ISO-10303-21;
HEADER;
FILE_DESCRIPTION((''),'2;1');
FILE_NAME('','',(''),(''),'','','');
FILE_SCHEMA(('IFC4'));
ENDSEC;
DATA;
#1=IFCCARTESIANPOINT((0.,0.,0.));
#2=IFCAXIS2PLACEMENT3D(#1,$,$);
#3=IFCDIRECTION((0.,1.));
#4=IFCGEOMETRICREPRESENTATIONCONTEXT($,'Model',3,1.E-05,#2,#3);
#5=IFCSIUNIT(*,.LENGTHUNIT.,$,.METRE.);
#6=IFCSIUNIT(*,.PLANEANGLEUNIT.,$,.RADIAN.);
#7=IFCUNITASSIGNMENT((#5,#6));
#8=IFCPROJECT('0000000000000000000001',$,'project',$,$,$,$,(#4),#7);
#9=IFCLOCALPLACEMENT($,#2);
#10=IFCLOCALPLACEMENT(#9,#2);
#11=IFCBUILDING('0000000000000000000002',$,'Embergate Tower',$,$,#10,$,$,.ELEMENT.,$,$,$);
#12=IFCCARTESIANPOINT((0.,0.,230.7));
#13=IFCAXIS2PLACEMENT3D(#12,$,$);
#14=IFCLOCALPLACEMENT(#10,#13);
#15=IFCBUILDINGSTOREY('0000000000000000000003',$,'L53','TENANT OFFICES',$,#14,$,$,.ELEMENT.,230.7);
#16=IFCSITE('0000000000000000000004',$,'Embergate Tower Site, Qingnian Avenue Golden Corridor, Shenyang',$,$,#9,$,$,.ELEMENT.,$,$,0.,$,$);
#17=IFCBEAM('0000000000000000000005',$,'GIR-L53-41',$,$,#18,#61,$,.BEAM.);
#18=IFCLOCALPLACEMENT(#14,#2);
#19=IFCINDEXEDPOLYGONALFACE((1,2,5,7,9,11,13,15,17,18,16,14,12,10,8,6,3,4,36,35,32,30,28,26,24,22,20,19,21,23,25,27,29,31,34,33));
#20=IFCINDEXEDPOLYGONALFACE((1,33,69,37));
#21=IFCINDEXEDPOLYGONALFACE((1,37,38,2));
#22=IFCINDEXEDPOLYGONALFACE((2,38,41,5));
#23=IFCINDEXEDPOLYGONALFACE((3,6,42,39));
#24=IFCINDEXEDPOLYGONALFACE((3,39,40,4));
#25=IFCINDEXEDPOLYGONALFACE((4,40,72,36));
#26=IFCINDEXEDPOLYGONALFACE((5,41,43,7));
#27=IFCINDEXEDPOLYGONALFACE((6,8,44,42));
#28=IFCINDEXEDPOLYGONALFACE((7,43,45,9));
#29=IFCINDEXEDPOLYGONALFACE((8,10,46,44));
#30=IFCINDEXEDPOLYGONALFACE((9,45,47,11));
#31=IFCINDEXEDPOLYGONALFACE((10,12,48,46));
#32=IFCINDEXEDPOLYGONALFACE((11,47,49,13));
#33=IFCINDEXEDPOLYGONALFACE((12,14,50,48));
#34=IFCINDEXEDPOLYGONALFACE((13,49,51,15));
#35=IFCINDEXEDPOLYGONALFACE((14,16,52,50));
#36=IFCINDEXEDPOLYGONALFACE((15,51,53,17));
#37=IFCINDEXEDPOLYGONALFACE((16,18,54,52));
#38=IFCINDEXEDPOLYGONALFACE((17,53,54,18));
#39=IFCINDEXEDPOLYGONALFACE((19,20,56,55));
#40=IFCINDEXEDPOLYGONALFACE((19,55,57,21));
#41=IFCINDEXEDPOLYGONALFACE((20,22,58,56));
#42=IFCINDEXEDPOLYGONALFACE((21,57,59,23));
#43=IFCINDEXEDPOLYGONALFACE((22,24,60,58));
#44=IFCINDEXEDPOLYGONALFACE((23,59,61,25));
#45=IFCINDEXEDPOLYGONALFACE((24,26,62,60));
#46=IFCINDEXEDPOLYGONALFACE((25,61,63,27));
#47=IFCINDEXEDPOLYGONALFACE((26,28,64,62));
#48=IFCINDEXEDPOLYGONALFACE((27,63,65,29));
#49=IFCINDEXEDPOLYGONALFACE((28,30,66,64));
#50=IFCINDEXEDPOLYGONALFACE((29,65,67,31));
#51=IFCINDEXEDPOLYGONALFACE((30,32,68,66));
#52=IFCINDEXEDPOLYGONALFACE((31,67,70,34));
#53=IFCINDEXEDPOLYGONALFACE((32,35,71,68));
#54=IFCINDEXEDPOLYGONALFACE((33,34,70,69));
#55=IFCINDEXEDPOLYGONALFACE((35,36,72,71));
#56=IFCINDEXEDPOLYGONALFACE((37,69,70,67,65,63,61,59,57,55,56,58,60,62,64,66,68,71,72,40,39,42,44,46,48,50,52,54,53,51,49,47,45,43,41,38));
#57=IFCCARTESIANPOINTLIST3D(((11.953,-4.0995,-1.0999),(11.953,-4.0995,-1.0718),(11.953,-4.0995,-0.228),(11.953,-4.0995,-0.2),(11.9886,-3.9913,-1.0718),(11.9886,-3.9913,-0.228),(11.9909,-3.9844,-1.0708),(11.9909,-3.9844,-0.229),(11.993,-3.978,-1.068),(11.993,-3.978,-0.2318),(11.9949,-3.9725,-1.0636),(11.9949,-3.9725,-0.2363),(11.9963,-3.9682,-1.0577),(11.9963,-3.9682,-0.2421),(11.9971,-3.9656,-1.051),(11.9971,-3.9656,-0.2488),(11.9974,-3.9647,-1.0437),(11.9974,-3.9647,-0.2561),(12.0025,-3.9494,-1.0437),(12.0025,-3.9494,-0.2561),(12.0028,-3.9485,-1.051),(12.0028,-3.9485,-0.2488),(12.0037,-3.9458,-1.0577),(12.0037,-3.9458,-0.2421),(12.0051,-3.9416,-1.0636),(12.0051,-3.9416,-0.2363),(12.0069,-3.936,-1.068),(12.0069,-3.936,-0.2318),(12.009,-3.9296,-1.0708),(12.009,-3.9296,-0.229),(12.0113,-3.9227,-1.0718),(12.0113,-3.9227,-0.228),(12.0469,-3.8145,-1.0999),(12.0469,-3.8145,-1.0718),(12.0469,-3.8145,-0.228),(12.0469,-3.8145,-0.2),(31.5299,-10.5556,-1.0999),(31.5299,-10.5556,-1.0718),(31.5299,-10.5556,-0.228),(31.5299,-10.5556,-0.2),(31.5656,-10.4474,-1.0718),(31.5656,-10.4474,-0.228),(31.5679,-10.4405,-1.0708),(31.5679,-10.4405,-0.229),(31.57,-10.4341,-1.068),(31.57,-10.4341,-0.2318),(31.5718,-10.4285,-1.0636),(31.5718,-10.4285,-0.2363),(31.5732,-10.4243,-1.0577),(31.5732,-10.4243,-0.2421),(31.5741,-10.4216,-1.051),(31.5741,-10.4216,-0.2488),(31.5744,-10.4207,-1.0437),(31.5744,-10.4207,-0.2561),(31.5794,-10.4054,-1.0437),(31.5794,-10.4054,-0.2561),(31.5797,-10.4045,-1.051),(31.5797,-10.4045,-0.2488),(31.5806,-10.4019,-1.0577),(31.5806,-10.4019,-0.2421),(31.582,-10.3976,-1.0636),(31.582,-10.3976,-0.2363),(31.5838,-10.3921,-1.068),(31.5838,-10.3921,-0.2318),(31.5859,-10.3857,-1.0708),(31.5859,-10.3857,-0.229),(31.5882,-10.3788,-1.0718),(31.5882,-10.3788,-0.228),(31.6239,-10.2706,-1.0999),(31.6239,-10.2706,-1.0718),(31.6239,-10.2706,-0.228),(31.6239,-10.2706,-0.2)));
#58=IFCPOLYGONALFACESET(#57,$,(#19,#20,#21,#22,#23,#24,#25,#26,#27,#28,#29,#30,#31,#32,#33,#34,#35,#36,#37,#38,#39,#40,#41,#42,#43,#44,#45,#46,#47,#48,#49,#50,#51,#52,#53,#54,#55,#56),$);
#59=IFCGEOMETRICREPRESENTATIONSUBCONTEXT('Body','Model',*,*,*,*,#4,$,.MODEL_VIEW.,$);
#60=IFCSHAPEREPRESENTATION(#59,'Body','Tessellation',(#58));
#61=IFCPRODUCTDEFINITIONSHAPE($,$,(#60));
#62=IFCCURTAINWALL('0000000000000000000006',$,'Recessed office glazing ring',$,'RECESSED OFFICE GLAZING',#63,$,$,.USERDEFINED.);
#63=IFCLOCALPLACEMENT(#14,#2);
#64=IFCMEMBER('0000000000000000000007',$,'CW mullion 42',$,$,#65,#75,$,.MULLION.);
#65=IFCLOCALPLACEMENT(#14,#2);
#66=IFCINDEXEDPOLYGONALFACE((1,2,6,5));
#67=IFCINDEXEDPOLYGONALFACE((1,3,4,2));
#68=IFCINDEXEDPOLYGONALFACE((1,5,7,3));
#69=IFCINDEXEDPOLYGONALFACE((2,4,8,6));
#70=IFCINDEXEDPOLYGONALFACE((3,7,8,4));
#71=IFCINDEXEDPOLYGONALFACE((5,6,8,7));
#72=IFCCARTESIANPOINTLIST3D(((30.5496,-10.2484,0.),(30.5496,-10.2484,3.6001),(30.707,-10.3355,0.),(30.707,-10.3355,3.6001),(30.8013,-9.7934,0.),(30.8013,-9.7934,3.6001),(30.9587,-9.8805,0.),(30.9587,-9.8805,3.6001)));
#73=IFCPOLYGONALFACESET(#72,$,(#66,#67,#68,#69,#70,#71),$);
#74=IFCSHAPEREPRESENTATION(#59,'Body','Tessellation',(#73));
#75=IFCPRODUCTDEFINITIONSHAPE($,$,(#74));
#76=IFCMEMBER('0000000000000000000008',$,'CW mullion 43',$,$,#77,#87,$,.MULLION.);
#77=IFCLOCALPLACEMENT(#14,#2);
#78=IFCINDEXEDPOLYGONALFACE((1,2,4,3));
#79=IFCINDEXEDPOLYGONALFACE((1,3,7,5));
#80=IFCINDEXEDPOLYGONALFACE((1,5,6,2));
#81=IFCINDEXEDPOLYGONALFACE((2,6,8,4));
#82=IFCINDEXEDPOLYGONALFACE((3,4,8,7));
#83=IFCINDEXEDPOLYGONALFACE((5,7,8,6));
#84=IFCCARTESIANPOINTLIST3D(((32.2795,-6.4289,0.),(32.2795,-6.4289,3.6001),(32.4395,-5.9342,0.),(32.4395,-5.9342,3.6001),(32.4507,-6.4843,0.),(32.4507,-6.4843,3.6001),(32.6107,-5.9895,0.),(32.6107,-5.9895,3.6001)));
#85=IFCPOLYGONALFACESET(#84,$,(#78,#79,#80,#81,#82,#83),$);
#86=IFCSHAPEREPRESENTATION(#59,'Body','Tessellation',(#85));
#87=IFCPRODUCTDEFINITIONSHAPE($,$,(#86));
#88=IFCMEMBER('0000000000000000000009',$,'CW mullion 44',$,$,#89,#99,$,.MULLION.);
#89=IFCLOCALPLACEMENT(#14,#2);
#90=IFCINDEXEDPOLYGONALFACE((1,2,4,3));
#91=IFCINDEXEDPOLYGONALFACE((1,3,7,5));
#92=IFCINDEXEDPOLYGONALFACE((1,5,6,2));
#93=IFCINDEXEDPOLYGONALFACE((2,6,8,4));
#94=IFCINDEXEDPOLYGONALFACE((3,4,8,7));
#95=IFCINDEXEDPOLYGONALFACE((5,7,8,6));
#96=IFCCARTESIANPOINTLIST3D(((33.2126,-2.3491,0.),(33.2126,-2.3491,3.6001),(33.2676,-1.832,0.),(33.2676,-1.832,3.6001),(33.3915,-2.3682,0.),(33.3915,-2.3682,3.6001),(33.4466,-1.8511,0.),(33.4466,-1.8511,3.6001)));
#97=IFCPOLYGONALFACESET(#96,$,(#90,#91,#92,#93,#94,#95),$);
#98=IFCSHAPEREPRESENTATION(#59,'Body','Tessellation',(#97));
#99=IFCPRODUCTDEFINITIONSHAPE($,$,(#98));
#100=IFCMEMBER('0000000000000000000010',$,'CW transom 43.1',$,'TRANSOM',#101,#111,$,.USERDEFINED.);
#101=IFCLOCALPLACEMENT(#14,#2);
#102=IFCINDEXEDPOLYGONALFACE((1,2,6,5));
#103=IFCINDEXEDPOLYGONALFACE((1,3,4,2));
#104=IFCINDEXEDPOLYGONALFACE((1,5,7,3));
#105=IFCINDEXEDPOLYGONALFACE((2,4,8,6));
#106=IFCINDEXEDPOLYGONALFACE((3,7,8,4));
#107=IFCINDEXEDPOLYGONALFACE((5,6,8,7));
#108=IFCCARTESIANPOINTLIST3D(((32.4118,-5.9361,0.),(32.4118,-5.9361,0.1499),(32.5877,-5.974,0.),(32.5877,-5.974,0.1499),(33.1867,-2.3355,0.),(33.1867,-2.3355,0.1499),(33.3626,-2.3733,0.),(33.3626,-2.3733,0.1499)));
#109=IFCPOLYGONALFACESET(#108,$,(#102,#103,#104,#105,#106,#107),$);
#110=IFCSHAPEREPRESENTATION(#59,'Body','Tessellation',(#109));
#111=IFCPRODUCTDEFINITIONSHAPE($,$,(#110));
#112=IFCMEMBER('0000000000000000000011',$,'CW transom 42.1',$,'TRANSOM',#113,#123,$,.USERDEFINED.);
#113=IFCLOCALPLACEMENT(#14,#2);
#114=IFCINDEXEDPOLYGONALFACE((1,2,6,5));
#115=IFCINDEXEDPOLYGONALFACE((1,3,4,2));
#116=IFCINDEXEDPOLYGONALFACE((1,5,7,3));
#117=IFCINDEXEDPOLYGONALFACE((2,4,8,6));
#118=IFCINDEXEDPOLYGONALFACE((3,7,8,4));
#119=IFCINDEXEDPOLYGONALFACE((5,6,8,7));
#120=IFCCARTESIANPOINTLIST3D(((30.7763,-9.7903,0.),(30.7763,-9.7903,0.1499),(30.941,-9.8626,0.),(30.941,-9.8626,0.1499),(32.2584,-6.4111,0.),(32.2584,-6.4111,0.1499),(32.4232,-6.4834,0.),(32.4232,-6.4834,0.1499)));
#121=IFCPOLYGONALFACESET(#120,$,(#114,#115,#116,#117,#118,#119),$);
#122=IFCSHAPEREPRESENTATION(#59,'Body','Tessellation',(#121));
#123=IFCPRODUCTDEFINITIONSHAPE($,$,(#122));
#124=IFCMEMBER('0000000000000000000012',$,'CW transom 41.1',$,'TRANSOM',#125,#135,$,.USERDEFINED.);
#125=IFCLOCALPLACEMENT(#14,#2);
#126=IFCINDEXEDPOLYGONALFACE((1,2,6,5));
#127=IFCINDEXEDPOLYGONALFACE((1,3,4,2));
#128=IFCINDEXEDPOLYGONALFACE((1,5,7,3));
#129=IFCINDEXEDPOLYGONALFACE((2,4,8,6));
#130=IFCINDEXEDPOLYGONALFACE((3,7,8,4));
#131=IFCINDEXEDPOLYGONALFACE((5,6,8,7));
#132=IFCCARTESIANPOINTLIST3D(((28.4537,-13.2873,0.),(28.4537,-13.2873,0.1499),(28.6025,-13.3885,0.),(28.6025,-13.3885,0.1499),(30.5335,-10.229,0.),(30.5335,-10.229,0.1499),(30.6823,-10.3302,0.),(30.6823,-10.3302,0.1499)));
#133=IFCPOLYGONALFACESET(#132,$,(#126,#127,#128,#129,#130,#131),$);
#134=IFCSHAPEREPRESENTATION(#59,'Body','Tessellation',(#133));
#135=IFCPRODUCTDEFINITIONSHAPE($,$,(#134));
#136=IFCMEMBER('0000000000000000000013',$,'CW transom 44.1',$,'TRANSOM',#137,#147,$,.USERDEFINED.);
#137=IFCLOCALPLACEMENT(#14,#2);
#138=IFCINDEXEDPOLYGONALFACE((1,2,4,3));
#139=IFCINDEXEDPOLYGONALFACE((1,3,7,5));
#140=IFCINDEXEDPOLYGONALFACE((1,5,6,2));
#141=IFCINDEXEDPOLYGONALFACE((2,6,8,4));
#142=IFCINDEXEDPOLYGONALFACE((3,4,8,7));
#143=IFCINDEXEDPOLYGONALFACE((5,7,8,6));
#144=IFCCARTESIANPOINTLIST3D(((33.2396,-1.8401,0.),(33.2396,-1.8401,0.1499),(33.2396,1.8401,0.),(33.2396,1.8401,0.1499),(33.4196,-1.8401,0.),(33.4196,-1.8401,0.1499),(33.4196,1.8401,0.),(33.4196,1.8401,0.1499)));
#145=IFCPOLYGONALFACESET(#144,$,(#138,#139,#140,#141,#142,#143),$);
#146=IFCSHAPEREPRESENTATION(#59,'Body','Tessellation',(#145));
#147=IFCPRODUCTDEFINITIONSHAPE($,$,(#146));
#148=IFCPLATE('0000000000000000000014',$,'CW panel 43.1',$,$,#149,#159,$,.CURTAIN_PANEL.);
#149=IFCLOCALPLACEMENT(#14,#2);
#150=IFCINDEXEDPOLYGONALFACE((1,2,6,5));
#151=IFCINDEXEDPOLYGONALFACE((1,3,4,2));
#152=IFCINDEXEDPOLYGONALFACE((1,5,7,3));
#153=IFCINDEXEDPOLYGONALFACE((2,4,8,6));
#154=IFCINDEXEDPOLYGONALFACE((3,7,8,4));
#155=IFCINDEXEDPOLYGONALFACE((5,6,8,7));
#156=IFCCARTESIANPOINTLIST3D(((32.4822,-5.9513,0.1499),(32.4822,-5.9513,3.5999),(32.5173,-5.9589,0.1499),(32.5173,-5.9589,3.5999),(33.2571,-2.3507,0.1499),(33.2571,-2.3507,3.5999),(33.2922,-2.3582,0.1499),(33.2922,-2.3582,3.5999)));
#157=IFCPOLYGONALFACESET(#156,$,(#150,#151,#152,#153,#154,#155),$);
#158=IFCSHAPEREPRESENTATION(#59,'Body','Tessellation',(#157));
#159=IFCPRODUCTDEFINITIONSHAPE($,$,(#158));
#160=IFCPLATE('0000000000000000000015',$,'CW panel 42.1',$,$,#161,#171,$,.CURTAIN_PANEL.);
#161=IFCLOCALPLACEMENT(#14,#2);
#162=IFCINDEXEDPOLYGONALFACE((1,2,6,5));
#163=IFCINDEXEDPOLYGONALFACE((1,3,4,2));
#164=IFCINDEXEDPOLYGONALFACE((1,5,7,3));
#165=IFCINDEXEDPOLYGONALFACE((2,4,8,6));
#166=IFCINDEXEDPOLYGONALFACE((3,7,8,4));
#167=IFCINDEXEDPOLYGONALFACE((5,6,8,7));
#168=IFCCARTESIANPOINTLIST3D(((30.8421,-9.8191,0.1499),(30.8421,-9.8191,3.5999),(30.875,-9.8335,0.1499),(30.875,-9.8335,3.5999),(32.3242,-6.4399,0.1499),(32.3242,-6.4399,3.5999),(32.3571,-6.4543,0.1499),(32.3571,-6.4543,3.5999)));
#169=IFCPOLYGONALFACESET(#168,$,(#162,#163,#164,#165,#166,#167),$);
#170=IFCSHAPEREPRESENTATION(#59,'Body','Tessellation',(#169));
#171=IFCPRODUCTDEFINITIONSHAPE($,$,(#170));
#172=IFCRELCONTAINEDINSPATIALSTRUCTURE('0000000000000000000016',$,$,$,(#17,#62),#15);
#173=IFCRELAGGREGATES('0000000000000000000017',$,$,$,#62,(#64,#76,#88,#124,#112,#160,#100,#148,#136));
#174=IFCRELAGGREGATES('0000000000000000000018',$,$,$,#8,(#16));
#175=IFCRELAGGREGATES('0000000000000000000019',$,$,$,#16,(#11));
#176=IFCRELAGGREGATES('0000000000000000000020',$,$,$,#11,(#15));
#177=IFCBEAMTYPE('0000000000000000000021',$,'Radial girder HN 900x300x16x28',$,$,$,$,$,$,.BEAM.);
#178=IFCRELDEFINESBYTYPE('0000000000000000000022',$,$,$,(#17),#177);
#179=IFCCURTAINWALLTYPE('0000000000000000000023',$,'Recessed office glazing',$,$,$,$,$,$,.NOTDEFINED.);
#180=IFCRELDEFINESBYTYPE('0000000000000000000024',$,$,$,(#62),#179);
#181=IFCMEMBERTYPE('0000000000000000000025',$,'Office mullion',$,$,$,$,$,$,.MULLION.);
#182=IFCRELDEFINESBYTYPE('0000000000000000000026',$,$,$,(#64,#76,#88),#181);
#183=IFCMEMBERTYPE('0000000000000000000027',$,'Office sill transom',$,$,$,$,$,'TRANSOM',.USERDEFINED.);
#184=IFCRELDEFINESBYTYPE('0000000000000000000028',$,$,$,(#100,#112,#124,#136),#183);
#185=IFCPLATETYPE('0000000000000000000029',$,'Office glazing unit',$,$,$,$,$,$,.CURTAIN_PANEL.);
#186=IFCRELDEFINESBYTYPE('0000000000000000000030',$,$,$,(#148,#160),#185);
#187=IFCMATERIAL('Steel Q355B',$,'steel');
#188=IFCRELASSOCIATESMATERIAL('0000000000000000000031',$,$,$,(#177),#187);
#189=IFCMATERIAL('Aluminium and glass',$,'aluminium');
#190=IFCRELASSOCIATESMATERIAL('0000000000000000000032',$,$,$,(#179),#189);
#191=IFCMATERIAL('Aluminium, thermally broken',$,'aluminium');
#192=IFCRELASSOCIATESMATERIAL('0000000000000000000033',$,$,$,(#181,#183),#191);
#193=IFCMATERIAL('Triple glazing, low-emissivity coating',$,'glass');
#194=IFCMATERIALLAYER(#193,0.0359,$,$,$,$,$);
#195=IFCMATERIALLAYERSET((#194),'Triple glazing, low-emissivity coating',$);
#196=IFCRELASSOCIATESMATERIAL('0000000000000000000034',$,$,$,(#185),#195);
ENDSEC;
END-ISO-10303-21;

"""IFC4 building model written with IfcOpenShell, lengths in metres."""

from ifc_helpers import new_model, si_unit, direction, frame, origin, origin_2d, place, context, subcontext, project, spatial, rectangle, i_section, extrude, source, transform, mapped, material, layer, layer_set, material_profile, profile_set, type_object, element, aggregate, save


model = new_model("IFC4")

# Units and contexts
model_context = context("Model", 3, precision=1e-05, world=origin(), true_north=direction((0.0, 1.0)))
body_context = subcontext(model_context, "Body", "Model", "MODEL_VIEW")
ifc_project = project(units=[si_unit("LENGTHUNIT", "METRE"), si_unit("PLANEANGLEUNIT", "RADIAN")], contexts=[model_context])

# Site, building, storey
site_placement = place(None, origin())
site = spatial("IfcSite", under=ifc_project, at=site_placement, Name="Embergate Tower Site, Qingnian Avenue Golden Corridor, Shenyang", CompositionType="ELEMENT", RefElevation=0.0)
building_placement = place(site_placement, origin())
building = spatial("IfcBuilding", under=site, at=building_placement, Name="Embergate Tower", CompositionType="ELEMENT")
storey_placement = place(building_placement, frame((0.0, 0.0, 230.7)))
storey = spatial("IfcBuildingStorey", under=building, at=storey_placement, Name="L53", Description="TENANT OFFICES", CompositionType="ELEMENT", Elevation=230.7)

# Beam
ifc_material_1 = material(Name="Steel Q355B", Category="steel")
ifc_material_profile_1 = material_profile(ifc_material_1, i_section(OverallWidth=0.3, OverallDepth=0.8999, WebThickness=0.0161, FlangeThickness=0.0281, FilletRadius=0.0281, at=origin_2d()), Name="HN 900x300x16x28")
ifc_profile_set_1 = profile_set([ifc_material_profile_1], Name="Steel Q355 grade B")
beam_type_1 = type_object("IfcBeamType", Name="Radial girder HN 900x300x16x28", PredefinedType="BEAM", material=ifc_profile_set_1)
shared_shape_1 = source(origin(), body_context, "Body", "SweptSolid", [
    extrude(i_section(OverallWidth=0.3, OverallDepth=0.8999, WebThickness=0.0161, FlangeThickness=0.0281, FilletRadius=0.0281, at=origin_2d()), origin(), (0.0, 0.0, 1.0), 20.614),
])
beam_1_placement = place(storey_placement, frame((31.5769, -10.4131, -0.6499), z_axis=(-0.949691, 0.313188, 0.0), x_axis=(-0.313188, -0.949691, 0.0)))
element("IfcBeam", 1, at=beam_1_placement, inside=storey, type_object=beam_type_1, Name="GIR-L53-41", PredefinedType="BEAM", context=body_context, shape_type="MappedRepresentation", body=[
    mapped(shared_shape_1, transform((0.0, 0.0, 0.0))),
])

# Curtain wall, members, plates
ifc_material_2 = material(Name="Aluminium and glass", Category="aluminium")
curtain_wall_type = type_object("IfcCurtainWallType", Name="Recessed office glazing", PredefinedType="NOTDEFINED", material=ifc_material_2)
curtain_wall_placement = place(storey_placement, origin())
curtain_wall = element("IfcCurtainWall", 2, at=curtain_wall_placement, inside=storey, type_object=curtain_wall_type, Name="Recessed office glazing ring", ObjectType="RECESSED OFFICE GLAZING", PredefinedType="USERDEFINED")
ifc_material_3 = material(Name="Aluminium, thermally broken", Category="aluminium")
ifc_material_profile_2 = material_profile(ifc_material_3, rectangle(XDim=0.1799, YDim=0.52, at=origin_2d()), Name="AL 520x180")
ifc_profile_set_2 = profile_set([ifc_material_profile_2], Name="Aluminium, thermally broken")
member_type_1 = type_object("IfcMemberType", Name="Office mullion", PredefinedType="MULLION", material=ifc_profile_set_2)
shared_shape_2 = source(origin(), body_context, "Body", "SweptSolid", [
    extrude(rectangle(XDim=0.1799, YDim=0.52, at=origin_2d()), origin(), (0.0, 0.0, 1.0), 3.6001),
])
member_1_placement = place(storey_placement, frame((30.7542, -10.0645, 0.0), z_axis=(0.0, 0.0, 1.0), x_axis=(-0.874993, 0.484135, 0.0)))
member_1 = element("IfcMember", 3, at=member_1_placement, type_object=member_type_1, Name="CW mullion 42", PredefinedType="MULLION", context=body_context, shape_type="MappedRepresentation", body=[
    mapped(shared_shape_2, transform((0.0, 0.0, 0.0))),
])
member_2_placement = place(storey_placement, frame((32.4451, -6.2092, 0.0), z_axis=(0.0, 0.0, 1.0), x_axis=(-0.951494, 0.307669, 0.0)))
member_2 = element("IfcMember", 4, at=member_2_placement, type_object=member_type_1, Name="CW mullion 43", PredefinedType="MULLION", context=body_context, shape_type="MappedRepresentation", body=[
    mapped(shared_shape_2, transform((0.0, 0.0, 0.0))),
])
member_3_placement = place(storey_placement, frame((33.3296, -2.1001, 0.0), z_axis=(0.0, 0.0, 1.0), x_axis=(-0.994384, 0.105828, 0.0)))
member_3 = element("IfcMember", 5, at=member_3_placement, type_object=member_type_1, Name="CW mullion 44", PredefinedType="MULLION", context=body_context, shape_type="MappedRepresentation", body=[
    mapped(shared_shape_2, transform((0.0, 0.0, 0.0))),
])
ifc_material_profile_3 = material_profile(ifc_material_3, rectangle(XDim=0.1799, YDim=0.1499, at=origin_2d()), Name="AL 150x180")
ifc_profile_set_3 = profile_set([ifc_material_profile_3], Name="Aluminium, thermally broken")
member_type_2 = type_object("IfcMemberType", Name="Office sill transom", ElementType="TRANSOM", PredefinedType="USERDEFINED", material=ifc_profile_set_3)
shared_shape_3 = source(origin(), body_context, "Body", "SweptSolid", [
    extrude(rectangle(XDim=0.1799, YDim=0.1499, at=origin_2d()), origin(), (0.0, 0.0, 1.0), 3.6831),
])
member_4_placement = place(storey_placement, frame((32.4998, -5.9551, 0.075), z_axis=(0.210398, 0.977616, 0.0), x_axis=(-0.977616, 0.210398, 0.0)))
member_4 = element("IfcMember", 6, at=member_4_placement, type_object=member_type_2, Name="CW transom 43.1", ObjectType="TRANSOM", PredefinedType="USERDEFINED", context=body_context, shape_type="MappedRepresentation", body=[
    mapped(shared_shape_3, transform((0.0, 0.0, 0.0))),
])
shared_shape_4 = source(origin(), body_context, "Body", "SweptSolid", [
    extrude(rectangle(XDim=0.1799, YDim=0.1499, at=origin_2d()), origin(), (0.0, 0.0, 1.0), 3.6899),
])
member_5_placement = place(storey_placement, frame((30.8586, -9.8264, 0.075), z_axis=(0.401683, 0.915779, 0.0), x_axis=(-0.915779, 0.401683, 0.0)))
member_5 = element("IfcMember", 7, at=member_5_placement, type_object=member_type_2, Name="CW transom 42.1", ObjectType="TRANSOM", PredefinedType="USERDEFINED", context=body_context, shape_type="MappedRepresentation", body=[
    mapped(shared_shape_4, transform((0.0, 0.0, 0.0))),
])
shared_shape_5 = source(origin(), body_context, "Body", "SweptSolid", [
    extrude(rectangle(XDim=0.1799, YDim=0.1499, at=origin_2d()), origin(), (0.0, 0.0, 1.0), 3.6985),
])
member_6_placement = place(storey_placement, frame((28.5281, -13.3379, 0.075), z_axis=(0.562339, 0.826907, 0.0), x_axis=(-0.826907, 0.562339, 0.0)))
member_6 = element("IfcMember", 8, at=member_6_placement, type_object=member_type_2, Name="CW transom 41.1", ObjectType="TRANSOM", PredefinedType="USERDEFINED", context=body_context, shape_type="MappedRepresentation", body=[
    mapped(shared_shape_5, transform((0.0, 0.0, 0.0))),
])
shared_shape_6 = source(origin(), body_context, "Body", "SweptSolid", [
    extrude(rectangle(XDim=0.1799, YDim=0.1499, at=origin_2d()), origin(), (0.0, 0.0, 1.0), 3.6802),
])
member_7_placement = place(storey_placement, frame((33.3296, -1.8401, 0.075), z_axis=(0.0, 1.0, 0.0), x_axis=(-1.0, 0.0, 0.0)))
member_7 = element("IfcMember", 9, at=member_7_placement, type_object=member_type_2, Name="CW transom 44.1", ObjectType="TRANSOM", PredefinedType="USERDEFINED", context=body_context, shape_type="MappedRepresentation", body=[
    mapped(shared_shape_6, transform((0.0, 0.0, 0.0))),
])
ifc_material_4 = material(Name="Triple glazing, low-emissivity coating", Category="glass")
ifc_layer_1 = layer(ifc_material_4, 0.0359)
ifc_layer_set_1 = layer_set([ifc_layer_1], Name="Triple glazing, low-emissivity coating")
plate_type = type_object("IfcPlateType", Name="Office glazing unit", PredefinedType="CURTAIN_PANEL", material=ifc_layer_set_1)
shared_shape_7 = source(origin(), body_context, "Body", "SweptSolid", [
    extrude(rectangle(XDim=3.6831, YDim=0.0359, at=origin_2d()), origin(), (0.0, 0.0, 1.0), 3.45),
])
plate_1_placement = place(storey_placement, frame((32.8872, -4.1548, 0.1499), z_axis=(0.0, 0.0, 1.0), x_axis=(0.210404, 0.977615, 0.0)))
plate_1 = element("IfcPlate", 10, at=plate_1_placement, type_object=plate_type, Name="CW panel 43.1", PredefinedType="CURTAIN_PANEL", context=body_context, shape_type="MappedRepresentation", body=[
    mapped(shared_shape_7, transform((0.0, 0.0, 0.0))),
])
shared_shape_8 = source(origin(), body_context, "Body", "SweptSolid", [
    extrude(rectangle(XDim=3.6899, YDim=0.0359, at=origin_2d()), origin(), (0.0, 0.0, 1.0), 3.45),
])
plate_2_placement = place(storey_placement, frame((31.5996, -8.1367, 0.1499), z_axis=(0.0, 0.0, 1.0), x_axis=(0.401662, 0.915788, 0.0)))
plate_2 = element("IfcPlate", 11, at=plate_2_placement, type_object=plate_type, Name="CW panel 42.1", PredefinedType="CURTAIN_PANEL", context=body_context, shape_type="MappedRepresentation", body=[
    mapped(shared_shape_8, transform((0.0, 0.0, 0.0))),
])
aggregate(curtain_wall, [member_1, member_2, member_3, member_6, member_5, plate_2, member_4, plate_1, member_7])

save(model, "model.ifc")
